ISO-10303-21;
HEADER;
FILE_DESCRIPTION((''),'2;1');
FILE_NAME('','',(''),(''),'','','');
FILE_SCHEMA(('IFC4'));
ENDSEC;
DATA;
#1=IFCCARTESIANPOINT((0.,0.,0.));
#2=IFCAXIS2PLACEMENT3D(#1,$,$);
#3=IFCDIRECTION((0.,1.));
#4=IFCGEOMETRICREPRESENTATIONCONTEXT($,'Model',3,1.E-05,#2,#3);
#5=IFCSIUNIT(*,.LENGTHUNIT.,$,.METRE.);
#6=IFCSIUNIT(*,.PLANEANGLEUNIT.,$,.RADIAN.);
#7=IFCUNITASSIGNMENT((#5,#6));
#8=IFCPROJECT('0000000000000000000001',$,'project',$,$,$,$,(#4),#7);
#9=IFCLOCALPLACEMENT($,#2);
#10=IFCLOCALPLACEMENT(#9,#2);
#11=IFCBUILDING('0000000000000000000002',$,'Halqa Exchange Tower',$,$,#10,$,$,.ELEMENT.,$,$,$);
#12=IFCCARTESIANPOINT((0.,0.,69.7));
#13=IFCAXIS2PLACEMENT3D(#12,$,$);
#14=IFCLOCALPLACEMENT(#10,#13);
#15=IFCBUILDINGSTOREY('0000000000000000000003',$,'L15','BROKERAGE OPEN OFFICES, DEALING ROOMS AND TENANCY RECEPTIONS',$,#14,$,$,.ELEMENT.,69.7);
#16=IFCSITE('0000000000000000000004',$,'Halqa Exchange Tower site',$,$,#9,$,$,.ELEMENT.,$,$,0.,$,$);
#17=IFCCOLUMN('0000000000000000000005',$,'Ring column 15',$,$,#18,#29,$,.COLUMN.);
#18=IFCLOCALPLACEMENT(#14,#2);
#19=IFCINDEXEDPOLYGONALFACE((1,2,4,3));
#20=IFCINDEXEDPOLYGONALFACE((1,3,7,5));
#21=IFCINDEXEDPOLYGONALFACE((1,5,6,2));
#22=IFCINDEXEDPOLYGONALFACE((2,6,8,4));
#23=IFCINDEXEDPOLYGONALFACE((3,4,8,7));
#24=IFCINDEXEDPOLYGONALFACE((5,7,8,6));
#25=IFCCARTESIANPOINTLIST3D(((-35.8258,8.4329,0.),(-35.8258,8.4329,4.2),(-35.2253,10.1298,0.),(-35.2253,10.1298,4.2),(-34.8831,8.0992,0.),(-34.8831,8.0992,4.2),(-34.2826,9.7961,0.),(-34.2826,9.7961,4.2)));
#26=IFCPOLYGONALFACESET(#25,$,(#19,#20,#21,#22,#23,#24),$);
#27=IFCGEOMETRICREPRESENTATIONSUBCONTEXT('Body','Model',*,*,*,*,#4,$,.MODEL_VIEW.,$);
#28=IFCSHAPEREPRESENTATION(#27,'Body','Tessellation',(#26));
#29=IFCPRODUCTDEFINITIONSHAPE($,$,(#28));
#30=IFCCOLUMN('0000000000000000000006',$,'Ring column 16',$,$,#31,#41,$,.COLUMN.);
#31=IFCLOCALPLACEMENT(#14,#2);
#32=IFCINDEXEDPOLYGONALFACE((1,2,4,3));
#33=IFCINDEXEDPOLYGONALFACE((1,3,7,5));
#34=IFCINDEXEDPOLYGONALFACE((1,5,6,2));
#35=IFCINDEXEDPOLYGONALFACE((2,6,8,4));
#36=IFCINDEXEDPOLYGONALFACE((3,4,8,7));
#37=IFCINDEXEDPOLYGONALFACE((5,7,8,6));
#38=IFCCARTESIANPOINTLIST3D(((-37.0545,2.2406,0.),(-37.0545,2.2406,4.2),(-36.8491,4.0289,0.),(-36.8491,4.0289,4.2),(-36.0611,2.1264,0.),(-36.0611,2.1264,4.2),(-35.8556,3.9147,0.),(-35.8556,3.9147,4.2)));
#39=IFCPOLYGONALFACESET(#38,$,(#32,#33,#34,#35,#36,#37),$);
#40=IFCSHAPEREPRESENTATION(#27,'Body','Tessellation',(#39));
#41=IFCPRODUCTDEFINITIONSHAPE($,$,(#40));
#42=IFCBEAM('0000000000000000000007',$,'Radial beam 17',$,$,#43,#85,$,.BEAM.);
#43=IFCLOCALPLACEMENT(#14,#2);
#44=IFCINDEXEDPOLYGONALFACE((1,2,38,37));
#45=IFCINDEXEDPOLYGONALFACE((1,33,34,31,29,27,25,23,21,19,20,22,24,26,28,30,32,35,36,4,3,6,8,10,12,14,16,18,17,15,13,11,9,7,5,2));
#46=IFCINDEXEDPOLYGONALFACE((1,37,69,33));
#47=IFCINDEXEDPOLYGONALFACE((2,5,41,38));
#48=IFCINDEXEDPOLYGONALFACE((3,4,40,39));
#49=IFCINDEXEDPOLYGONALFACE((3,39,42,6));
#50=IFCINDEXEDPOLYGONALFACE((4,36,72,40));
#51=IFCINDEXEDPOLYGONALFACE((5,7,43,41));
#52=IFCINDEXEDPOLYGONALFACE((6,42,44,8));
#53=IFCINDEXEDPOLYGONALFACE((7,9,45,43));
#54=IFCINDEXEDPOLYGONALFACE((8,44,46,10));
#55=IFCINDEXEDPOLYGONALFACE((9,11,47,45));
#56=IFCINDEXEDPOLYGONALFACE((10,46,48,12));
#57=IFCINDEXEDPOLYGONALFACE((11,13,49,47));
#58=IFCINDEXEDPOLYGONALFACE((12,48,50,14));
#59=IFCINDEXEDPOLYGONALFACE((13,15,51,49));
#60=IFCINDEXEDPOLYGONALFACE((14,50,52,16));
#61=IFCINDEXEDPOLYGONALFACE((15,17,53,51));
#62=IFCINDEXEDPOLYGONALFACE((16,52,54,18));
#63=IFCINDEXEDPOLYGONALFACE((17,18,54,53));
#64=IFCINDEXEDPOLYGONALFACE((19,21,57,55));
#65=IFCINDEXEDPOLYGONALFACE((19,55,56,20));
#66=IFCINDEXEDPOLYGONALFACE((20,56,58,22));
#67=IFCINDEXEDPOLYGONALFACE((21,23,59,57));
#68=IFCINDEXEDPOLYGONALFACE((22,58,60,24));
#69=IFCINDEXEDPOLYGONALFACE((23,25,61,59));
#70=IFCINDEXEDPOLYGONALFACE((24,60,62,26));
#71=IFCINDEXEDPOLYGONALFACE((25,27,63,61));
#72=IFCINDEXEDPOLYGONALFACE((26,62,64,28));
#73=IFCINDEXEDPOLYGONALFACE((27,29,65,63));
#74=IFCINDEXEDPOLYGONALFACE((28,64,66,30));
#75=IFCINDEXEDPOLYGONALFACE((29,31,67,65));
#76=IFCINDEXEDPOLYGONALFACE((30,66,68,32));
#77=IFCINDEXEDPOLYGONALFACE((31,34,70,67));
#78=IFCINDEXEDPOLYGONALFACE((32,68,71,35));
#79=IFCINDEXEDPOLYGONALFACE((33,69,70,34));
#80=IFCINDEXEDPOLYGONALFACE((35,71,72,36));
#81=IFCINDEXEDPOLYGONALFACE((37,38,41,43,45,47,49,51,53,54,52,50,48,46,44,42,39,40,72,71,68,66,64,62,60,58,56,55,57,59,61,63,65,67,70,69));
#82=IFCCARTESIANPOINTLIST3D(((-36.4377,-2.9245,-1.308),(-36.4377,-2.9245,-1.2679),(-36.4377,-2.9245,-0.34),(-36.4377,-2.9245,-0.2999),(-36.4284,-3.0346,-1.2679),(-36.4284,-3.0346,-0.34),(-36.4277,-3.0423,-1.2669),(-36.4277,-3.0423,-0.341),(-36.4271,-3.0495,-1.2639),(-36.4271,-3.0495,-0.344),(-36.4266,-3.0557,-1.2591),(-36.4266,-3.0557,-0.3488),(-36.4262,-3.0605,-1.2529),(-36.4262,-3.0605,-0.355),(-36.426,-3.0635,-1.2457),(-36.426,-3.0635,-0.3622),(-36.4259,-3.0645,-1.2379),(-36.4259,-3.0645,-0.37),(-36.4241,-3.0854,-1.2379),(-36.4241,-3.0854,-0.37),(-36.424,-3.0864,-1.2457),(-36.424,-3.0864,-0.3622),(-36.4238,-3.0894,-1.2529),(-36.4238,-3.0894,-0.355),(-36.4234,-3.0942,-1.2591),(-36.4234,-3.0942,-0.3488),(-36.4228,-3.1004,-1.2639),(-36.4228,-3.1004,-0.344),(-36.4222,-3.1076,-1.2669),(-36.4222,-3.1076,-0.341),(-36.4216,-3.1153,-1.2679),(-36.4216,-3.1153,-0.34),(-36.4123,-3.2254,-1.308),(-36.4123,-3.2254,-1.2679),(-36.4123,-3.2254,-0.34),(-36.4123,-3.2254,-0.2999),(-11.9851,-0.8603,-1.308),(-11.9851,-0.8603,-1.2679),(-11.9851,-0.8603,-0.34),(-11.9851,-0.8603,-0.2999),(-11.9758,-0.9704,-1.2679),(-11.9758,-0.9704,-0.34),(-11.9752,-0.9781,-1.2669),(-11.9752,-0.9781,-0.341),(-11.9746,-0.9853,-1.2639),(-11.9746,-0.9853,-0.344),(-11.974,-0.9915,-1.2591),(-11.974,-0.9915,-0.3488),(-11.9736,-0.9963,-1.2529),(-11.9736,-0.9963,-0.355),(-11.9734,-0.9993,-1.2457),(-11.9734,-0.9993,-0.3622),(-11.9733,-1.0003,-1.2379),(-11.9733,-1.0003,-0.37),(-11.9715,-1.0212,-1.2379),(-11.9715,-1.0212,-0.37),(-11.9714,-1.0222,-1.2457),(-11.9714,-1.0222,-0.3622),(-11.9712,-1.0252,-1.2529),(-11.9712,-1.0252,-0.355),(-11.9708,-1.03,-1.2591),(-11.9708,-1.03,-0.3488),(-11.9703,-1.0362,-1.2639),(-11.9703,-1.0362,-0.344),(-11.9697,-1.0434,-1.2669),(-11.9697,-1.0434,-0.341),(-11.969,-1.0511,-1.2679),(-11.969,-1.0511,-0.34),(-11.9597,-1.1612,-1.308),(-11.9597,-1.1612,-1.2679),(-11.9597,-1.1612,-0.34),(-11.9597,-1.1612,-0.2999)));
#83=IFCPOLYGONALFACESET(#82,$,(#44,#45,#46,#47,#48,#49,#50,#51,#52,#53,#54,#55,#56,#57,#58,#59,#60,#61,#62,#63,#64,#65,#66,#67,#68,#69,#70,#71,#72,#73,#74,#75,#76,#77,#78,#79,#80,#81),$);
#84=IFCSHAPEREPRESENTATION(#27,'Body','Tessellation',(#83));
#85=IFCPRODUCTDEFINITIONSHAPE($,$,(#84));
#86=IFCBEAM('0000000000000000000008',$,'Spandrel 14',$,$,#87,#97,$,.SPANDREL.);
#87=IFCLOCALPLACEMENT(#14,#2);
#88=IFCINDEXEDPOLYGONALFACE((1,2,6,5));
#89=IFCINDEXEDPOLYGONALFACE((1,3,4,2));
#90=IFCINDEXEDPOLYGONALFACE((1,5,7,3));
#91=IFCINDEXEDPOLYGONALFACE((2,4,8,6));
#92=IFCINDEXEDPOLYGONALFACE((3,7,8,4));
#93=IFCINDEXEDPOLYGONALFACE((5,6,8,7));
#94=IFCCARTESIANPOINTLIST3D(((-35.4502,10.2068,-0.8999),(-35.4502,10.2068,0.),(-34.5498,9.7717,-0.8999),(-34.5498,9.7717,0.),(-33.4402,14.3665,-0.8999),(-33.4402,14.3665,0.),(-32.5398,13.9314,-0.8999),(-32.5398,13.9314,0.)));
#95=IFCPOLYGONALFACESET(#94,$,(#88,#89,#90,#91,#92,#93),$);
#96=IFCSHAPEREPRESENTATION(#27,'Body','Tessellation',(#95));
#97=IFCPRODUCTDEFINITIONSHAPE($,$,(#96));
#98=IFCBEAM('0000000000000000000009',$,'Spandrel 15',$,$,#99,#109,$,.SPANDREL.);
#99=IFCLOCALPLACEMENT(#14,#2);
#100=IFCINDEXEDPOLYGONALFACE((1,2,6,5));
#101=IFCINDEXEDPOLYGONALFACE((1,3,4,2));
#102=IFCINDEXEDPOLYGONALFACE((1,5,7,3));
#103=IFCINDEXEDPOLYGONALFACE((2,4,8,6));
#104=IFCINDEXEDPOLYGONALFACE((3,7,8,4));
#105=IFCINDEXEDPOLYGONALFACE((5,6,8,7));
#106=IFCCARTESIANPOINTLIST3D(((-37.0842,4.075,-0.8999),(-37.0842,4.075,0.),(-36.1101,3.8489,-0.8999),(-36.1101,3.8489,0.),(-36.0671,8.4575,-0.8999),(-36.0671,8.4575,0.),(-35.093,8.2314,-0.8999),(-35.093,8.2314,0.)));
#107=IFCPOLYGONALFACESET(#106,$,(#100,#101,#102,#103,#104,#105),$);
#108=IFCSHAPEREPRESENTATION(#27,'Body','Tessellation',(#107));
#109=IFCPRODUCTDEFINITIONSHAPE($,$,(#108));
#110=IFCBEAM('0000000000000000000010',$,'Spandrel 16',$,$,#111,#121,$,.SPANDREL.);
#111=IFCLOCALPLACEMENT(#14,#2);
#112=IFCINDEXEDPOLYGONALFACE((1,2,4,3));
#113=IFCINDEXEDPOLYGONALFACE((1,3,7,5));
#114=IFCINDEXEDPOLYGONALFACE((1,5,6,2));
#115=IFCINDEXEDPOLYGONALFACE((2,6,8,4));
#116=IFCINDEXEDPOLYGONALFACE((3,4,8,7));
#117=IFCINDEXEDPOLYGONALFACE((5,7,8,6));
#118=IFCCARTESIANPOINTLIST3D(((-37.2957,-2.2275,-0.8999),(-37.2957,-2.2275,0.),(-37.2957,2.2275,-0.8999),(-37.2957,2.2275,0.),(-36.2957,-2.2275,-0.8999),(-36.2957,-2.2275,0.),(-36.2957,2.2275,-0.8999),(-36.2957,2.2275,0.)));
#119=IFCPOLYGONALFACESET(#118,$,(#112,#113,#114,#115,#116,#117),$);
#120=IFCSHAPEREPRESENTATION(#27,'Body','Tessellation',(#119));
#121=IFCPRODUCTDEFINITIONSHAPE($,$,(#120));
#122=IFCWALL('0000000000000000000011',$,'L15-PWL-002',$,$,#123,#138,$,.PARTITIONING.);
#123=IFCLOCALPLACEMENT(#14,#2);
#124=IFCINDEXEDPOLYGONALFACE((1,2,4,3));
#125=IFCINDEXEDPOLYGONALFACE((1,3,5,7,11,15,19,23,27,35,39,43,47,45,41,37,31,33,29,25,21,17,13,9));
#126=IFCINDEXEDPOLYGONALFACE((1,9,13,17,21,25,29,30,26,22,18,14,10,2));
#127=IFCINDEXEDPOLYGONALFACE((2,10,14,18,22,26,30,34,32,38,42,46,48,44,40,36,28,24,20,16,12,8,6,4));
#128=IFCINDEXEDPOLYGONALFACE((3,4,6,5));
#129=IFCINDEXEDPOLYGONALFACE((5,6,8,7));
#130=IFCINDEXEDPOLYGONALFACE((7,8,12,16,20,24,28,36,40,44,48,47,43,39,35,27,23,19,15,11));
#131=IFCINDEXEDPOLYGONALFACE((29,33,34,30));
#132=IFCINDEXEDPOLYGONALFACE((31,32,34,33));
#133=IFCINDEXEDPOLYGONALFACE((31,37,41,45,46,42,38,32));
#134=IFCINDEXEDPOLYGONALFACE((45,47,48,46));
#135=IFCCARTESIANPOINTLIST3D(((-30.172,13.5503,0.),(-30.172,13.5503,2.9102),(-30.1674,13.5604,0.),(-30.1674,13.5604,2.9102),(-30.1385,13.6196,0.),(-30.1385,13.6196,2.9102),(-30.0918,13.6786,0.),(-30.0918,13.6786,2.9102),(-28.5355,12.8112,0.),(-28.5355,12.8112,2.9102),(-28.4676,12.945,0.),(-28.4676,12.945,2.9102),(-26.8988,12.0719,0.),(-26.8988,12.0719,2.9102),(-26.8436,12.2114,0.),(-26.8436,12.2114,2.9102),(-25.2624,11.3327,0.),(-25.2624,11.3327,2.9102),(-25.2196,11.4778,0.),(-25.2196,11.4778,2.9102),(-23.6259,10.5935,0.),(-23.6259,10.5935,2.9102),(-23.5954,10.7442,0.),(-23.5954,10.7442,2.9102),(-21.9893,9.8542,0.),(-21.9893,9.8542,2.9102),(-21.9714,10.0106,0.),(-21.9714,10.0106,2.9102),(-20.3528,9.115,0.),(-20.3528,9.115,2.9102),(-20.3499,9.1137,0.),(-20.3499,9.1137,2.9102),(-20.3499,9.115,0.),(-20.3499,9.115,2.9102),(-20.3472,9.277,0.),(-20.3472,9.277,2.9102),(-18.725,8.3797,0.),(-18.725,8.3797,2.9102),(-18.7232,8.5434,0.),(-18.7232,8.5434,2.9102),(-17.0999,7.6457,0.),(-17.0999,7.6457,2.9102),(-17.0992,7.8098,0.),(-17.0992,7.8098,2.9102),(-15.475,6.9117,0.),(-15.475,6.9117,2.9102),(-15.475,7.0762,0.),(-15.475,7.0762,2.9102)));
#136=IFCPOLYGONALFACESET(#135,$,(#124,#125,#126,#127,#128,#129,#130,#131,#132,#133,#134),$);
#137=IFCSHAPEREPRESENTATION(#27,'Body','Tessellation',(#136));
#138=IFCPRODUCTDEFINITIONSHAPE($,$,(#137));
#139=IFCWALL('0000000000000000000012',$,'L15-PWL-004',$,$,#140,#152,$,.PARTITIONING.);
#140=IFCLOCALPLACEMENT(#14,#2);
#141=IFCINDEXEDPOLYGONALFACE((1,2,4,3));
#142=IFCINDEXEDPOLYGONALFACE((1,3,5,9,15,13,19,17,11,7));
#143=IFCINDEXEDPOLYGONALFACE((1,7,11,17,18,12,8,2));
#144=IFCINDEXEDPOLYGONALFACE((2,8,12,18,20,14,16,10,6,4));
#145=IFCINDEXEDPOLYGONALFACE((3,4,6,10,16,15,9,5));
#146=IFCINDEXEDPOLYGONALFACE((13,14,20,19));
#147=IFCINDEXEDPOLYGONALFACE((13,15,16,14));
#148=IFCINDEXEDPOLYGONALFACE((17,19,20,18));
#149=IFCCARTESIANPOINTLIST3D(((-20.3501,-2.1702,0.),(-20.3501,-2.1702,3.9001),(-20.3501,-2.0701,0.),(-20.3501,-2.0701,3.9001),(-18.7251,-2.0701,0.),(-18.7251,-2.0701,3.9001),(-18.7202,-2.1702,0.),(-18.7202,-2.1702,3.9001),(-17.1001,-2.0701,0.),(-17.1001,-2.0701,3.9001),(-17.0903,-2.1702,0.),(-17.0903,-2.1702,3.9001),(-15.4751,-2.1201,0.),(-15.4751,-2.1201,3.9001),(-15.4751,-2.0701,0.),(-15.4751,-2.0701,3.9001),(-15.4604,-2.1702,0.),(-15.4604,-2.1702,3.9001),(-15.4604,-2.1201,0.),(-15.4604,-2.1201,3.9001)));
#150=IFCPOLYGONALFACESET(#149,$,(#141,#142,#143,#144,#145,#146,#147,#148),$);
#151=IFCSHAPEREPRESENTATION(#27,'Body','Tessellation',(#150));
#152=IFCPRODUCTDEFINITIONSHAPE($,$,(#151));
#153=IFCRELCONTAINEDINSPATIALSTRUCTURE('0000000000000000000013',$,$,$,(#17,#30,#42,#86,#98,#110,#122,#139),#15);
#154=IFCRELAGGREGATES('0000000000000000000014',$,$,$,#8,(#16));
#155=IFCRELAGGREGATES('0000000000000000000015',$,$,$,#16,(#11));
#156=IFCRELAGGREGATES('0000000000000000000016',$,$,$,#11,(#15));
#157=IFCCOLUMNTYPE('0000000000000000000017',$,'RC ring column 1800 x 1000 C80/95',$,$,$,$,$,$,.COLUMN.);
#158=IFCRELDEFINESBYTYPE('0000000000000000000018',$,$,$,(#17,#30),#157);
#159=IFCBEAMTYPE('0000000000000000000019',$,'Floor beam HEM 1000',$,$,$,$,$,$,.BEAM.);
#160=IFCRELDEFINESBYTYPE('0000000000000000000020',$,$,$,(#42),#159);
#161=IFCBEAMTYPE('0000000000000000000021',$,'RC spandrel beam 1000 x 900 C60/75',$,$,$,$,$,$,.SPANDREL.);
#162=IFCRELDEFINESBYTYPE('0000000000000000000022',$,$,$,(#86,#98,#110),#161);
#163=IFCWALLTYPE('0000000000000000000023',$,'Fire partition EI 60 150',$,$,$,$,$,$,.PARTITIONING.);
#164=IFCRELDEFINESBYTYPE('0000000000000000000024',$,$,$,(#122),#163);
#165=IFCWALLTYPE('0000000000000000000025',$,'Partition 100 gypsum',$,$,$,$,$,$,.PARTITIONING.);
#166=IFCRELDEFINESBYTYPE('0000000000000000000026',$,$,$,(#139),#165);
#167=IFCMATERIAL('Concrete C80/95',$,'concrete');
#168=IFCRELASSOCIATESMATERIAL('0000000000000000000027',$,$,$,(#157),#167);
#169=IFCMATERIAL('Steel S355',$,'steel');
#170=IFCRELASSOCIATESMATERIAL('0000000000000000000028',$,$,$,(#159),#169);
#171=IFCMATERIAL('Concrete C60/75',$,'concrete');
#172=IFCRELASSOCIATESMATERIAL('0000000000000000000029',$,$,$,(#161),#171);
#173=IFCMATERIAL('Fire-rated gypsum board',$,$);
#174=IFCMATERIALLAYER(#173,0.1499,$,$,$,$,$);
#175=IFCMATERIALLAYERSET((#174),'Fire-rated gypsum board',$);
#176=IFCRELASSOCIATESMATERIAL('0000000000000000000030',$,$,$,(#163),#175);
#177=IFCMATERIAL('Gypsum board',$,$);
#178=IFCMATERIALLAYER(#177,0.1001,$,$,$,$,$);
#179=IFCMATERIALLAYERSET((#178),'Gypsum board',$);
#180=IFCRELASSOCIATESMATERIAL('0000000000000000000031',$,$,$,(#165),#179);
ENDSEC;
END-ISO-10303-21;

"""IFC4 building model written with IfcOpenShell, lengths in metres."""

from ifc_helpers import new_model, si_unit, direction, frame, origin, origin_2d, place, context, subcontext, project, spatial, polyline, rectangle, i_section, outline, extrude, material, layer, layer_set, material_profile, profile_set, type_object, element, save


model = new_model("IFC4")

# Units and contexts
model_context = context("Model", 3, precision=1e-05, world=origin(), true_north=direction((0.0, 1.0)))
body_context = subcontext(model_context, "Body", "Model", "MODEL_VIEW")
ifc_project = project(units=[si_unit("LENGTHUNIT", "METRE"), si_unit("PLANEANGLEUNIT", "RADIAN")], contexts=[model_context])

# Site, building, storey
site_placement = place(None, origin())
site = spatial("IfcSite", under=ifc_project, at=site_placement, Name="Halqa Exchange Tower site", CompositionType="ELEMENT", RefElevation=0.0)
building_placement = place(site_placement, origin())
building = spatial("IfcBuilding", under=site, at=building_placement, Name="Halqa Exchange Tower", CompositionType="ELEMENT")
storey_placement = place(building_placement, frame((0.0, 0.0, 69.7)))
storey = spatial("IfcBuildingStorey", under=building, at=storey_placement, Name="L15", Description="BROKERAGE OPEN OFFICES, DEALING ROOMS AND TENANCY RECEPTIONS", CompositionType="ELEMENT", Elevation=69.7)

# Columns
ifc_material_1 = material(Name="Concrete C80/95", Category="concrete")
ifc_material_profile_1 = material_profile(ifc_material_1, rectangle(XDim=1.8, YDim=1.0, at=origin_2d()), Name="1800 x 1000")
ifc_profile_set_1 = profile_set([ifc_material_profile_1], Name="Concrete C80/95")
column_type = type_object("IfcColumnType", Name="RC ring column 1800 x 1000 C80/95", PredefinedType="COLUMN", material=ifc_profile_set_1)
for number, where, z_axis, x_axis, name in (
    (1, (-35.0542, 9.1145, 0.0), (0.0, 0.0, 1.0), (-0.333624, -0.942706, 0.0), "Ring column 15"),
    (2, (-36.4551, 3.0776, 0.0), (0.0, 0.0, 1.0), (-0.114152, -0.993463, 0.0), "Ring column 16"),
):
    element("IfcColumn", number, at=place(storey_placement, frame(where, z_axis=z_axis, x_axis=x_axis)), inside=storey, type_object=column_type, Name=name, PredefinedType="COLUMN", context=body_context, shape_type="SweptSolid", body=[
        extrude(rectangle(XDim=1.8, YDim=1.0, at=origin_2d()), origin(), (0.0, 0.0, 1.0), 4.2),
    ])

# Beams
ifc_material_2 = material(Name="Steel S355", Category="steel")
ifc_material_profile_2 = material_profile(ifc_material_2, i_section(OverallWidth=0.302, OverallDepth=1.0081, WebThickness=0.021, FlangeThickness=0.04, FilletRadius=0.03, at=origin_2d()), Name="HEM 1000")
ifc_profile_set_2 = profile_set([ifc_material_profile_2], Name="Steel S355")
beam_type_1 = type_object("IfcBeamType", Name="Floor beam HEM 1000", PredefinedType="BEAM", material=ifc_profile_set_2)
beam_1_placement = place(storey_placement, frame((-11.9724, -1.0107, -0.804), z_axis=(-0.996456, -0.084117, 0.0), x_axis=(0.084117, -0.996456, 0.0)))
element("IfcBeam", 3, at=beam_1_placement, inside=storey, type_object=beam_type_1, Name="Radial beam 17", PredefinedType="BEAM", context=body_context, shape_type="SweptSolid", body=[
    extrude(i_section(OverallWidth=0.302, OverallDepth=1.0081, WebThickness=0.021, FlangeThickness=0.04, FilletRadius=0.03, at=origin_2d()), origin(), (0.0, 0.0, 1.0), 24.5396),
])
ifc_material_3 = material(Name="Concrete C60/75", Category="concrete")
ifc_material_profile_3 = material_profile(ifc_material_3, rectangle(XDim=1.0, YDim=0.8999, at=origin_2d()), Name="1000 x 900")
ifc_profile_set_3 = profile_set([ifc_material_profile_3], Name="Concrete C60/75")
beam_type_2 = type_object("IfcBeamType", Name="RC spandrel beam 1000 x 900 C60/75", PredefinedType="SPANDREL", material=ifc_profile_set_3)
beam_2_placement = place(storey_placement, frame((-32.99, 14.1489, -0.45), z_axis=(-0.435082, -0.900391, 0.0), x_axis=(0.900391, -0.435082, 0.0)))
element("IfcBeam", 4, at=beam_2_placement, inside=storey, type_object=beam_type_2, Name="Spandrel 14", PredefinedType="SPANDREL", context=body_context, shape_type="SweptSolid", body=[
    extrude(rectangle(XDim=1.0, YDim=0.8999, at=origin_2d()), origin(), (0.0, 0.0, 1.0), 4.6199),
])
beam_3_placement = place(storey_placement, frame((-35.5801, 8.3445, -0.45), z_axis=(-0.226068, -0.974111, 0.0), x_axis=(0.974111, -0.226068, 0.0)))
element("IfcBeam", 5, at=beam_3_placement, inside=storey, type_object=beam_type_2, Name="Spandrel 15", PredefinedType="SPANDREL", context=body_context, shape_type="SweptSolid", body=[
    extrude(rectangle(XDim=1.0, YDim=0.8999, at=origin_2d()), origin(), (0.0, 0.0, 1.0), 4.499),
])
beam_4_placement = place(storey_placement, frame((-36.7957, 2.2275, -0.45), z_axis=(0.0, -1.0, 0.0), x_axis=(1.0, 0.0, 0.0)))
element("IfcBeam", 6, at=beam_4_placement, inside=storey, type_object=beam_type_2, Name="Spandrel 16", PredefinedType="SPANDREL", context=body_context, shape_type="SweptSolid", body=[
    extrude(rectangle(XDim=1.0, YDim=0.8999, at=origin_2d()), origin(), (0.0, 0.0, 1.0), 4.4551),
])

# Wall
ifc_material_4 = material(Name="Fire-rated gypsum board")
ifc_layer_1 = layer(ifc_material_4, 0.1499)
ifc_layer_set_1 = layer_set([ifc_layer_1], Name="Fire-rated gypsum board")
wall_type_1 = type_object("IfcWallType", Name="Fire partition EI 60 150", PredefinedType="PARTITIONING", material=ifc_layer_set_1)
wall_1_placement = place(storey_placement, frame((-30.1411, 13.6187, 0.0), z_axis=(0.0, 0.0, 1.0), x_axis=(0.91134, -0.411654, 0.0)))
element("IfcWall", 7, at=wall_1_placement, inside=storey, type_object=wall_type_1, Name="L15-PWL-002", PredefinedType="PARTITIONING", context=body_context, shape_type="SweptSolid", body=[
    extrude(outline(polyline([(0.0, -0.075), (1.7957, -0.075), (3.5916, -0.075), (5.3872, -0.075), (7.1829, -0.075), (8.9788, -0.075), (10.7744, -0.075), (10.7771, -0.0737), (10.7776, -0.075), (12.5605, -0.075), (14.3438, -0.075), (16.1267, -0.075), (16.1267, -0.075), (16.0591, 0.075), (14.2769, 0.075), (12.4949, 0.075), (10.7129, 0.075), (8.9307, 0.075), (7.1487, 0.075), (5.3665, 0.075), (3.5845, 0.075), (1.8025, 0.075), (0.0203, 0.075), (0.002, 0.002), (0.0, -0.064), (0.0, -0.075)])), origin(), (0.0, 0.0, 1.0), 2.9102),
])

# Wall
ifc_material_5 = material(Name="Gypsum board")
ifc_layer_2 = layer(ifc_material_5, 0.1001)
ifc_layer_set_2 = layer_set([ifc_layer_2], Name="Gypsum board")
wall_type_2 = type_object("IfcWallType", Name="Partition 100 gypsum", PredefinedType="PARTITIONING", material=ifc_layer_set_2)
wall_2_placement = place(storey_placement, frame((-20.3501, -2.1201, 0.0), z_axis=(0.0, 0.0, 1.0), x_axis=(1.0, 0.0, 0.0)))
element("IfcWall", 8, at=wall_2_placement, inside=storey, type_object=wall_type_2, Name="L15-PWL-004", PredefinedType="PARTITIONING", context=body_context, shape_type="SweptSolid", body=[
    extrude(outline(polyline([(4.8896, -0.05), (4.8896, 0.0), (4.875, 0.0), (4.875, 0.05), (3.25, 0.05), (1.625, 0.05), (0.0, 0.05), (0.0, -0.05), (1.6299, -0.05), (3.2598, -0.05), (4.8896, -0.05)])), origin(), (0.0, 0.0, 1.0), 3.9001),
])

save(model, "model.ifc")
